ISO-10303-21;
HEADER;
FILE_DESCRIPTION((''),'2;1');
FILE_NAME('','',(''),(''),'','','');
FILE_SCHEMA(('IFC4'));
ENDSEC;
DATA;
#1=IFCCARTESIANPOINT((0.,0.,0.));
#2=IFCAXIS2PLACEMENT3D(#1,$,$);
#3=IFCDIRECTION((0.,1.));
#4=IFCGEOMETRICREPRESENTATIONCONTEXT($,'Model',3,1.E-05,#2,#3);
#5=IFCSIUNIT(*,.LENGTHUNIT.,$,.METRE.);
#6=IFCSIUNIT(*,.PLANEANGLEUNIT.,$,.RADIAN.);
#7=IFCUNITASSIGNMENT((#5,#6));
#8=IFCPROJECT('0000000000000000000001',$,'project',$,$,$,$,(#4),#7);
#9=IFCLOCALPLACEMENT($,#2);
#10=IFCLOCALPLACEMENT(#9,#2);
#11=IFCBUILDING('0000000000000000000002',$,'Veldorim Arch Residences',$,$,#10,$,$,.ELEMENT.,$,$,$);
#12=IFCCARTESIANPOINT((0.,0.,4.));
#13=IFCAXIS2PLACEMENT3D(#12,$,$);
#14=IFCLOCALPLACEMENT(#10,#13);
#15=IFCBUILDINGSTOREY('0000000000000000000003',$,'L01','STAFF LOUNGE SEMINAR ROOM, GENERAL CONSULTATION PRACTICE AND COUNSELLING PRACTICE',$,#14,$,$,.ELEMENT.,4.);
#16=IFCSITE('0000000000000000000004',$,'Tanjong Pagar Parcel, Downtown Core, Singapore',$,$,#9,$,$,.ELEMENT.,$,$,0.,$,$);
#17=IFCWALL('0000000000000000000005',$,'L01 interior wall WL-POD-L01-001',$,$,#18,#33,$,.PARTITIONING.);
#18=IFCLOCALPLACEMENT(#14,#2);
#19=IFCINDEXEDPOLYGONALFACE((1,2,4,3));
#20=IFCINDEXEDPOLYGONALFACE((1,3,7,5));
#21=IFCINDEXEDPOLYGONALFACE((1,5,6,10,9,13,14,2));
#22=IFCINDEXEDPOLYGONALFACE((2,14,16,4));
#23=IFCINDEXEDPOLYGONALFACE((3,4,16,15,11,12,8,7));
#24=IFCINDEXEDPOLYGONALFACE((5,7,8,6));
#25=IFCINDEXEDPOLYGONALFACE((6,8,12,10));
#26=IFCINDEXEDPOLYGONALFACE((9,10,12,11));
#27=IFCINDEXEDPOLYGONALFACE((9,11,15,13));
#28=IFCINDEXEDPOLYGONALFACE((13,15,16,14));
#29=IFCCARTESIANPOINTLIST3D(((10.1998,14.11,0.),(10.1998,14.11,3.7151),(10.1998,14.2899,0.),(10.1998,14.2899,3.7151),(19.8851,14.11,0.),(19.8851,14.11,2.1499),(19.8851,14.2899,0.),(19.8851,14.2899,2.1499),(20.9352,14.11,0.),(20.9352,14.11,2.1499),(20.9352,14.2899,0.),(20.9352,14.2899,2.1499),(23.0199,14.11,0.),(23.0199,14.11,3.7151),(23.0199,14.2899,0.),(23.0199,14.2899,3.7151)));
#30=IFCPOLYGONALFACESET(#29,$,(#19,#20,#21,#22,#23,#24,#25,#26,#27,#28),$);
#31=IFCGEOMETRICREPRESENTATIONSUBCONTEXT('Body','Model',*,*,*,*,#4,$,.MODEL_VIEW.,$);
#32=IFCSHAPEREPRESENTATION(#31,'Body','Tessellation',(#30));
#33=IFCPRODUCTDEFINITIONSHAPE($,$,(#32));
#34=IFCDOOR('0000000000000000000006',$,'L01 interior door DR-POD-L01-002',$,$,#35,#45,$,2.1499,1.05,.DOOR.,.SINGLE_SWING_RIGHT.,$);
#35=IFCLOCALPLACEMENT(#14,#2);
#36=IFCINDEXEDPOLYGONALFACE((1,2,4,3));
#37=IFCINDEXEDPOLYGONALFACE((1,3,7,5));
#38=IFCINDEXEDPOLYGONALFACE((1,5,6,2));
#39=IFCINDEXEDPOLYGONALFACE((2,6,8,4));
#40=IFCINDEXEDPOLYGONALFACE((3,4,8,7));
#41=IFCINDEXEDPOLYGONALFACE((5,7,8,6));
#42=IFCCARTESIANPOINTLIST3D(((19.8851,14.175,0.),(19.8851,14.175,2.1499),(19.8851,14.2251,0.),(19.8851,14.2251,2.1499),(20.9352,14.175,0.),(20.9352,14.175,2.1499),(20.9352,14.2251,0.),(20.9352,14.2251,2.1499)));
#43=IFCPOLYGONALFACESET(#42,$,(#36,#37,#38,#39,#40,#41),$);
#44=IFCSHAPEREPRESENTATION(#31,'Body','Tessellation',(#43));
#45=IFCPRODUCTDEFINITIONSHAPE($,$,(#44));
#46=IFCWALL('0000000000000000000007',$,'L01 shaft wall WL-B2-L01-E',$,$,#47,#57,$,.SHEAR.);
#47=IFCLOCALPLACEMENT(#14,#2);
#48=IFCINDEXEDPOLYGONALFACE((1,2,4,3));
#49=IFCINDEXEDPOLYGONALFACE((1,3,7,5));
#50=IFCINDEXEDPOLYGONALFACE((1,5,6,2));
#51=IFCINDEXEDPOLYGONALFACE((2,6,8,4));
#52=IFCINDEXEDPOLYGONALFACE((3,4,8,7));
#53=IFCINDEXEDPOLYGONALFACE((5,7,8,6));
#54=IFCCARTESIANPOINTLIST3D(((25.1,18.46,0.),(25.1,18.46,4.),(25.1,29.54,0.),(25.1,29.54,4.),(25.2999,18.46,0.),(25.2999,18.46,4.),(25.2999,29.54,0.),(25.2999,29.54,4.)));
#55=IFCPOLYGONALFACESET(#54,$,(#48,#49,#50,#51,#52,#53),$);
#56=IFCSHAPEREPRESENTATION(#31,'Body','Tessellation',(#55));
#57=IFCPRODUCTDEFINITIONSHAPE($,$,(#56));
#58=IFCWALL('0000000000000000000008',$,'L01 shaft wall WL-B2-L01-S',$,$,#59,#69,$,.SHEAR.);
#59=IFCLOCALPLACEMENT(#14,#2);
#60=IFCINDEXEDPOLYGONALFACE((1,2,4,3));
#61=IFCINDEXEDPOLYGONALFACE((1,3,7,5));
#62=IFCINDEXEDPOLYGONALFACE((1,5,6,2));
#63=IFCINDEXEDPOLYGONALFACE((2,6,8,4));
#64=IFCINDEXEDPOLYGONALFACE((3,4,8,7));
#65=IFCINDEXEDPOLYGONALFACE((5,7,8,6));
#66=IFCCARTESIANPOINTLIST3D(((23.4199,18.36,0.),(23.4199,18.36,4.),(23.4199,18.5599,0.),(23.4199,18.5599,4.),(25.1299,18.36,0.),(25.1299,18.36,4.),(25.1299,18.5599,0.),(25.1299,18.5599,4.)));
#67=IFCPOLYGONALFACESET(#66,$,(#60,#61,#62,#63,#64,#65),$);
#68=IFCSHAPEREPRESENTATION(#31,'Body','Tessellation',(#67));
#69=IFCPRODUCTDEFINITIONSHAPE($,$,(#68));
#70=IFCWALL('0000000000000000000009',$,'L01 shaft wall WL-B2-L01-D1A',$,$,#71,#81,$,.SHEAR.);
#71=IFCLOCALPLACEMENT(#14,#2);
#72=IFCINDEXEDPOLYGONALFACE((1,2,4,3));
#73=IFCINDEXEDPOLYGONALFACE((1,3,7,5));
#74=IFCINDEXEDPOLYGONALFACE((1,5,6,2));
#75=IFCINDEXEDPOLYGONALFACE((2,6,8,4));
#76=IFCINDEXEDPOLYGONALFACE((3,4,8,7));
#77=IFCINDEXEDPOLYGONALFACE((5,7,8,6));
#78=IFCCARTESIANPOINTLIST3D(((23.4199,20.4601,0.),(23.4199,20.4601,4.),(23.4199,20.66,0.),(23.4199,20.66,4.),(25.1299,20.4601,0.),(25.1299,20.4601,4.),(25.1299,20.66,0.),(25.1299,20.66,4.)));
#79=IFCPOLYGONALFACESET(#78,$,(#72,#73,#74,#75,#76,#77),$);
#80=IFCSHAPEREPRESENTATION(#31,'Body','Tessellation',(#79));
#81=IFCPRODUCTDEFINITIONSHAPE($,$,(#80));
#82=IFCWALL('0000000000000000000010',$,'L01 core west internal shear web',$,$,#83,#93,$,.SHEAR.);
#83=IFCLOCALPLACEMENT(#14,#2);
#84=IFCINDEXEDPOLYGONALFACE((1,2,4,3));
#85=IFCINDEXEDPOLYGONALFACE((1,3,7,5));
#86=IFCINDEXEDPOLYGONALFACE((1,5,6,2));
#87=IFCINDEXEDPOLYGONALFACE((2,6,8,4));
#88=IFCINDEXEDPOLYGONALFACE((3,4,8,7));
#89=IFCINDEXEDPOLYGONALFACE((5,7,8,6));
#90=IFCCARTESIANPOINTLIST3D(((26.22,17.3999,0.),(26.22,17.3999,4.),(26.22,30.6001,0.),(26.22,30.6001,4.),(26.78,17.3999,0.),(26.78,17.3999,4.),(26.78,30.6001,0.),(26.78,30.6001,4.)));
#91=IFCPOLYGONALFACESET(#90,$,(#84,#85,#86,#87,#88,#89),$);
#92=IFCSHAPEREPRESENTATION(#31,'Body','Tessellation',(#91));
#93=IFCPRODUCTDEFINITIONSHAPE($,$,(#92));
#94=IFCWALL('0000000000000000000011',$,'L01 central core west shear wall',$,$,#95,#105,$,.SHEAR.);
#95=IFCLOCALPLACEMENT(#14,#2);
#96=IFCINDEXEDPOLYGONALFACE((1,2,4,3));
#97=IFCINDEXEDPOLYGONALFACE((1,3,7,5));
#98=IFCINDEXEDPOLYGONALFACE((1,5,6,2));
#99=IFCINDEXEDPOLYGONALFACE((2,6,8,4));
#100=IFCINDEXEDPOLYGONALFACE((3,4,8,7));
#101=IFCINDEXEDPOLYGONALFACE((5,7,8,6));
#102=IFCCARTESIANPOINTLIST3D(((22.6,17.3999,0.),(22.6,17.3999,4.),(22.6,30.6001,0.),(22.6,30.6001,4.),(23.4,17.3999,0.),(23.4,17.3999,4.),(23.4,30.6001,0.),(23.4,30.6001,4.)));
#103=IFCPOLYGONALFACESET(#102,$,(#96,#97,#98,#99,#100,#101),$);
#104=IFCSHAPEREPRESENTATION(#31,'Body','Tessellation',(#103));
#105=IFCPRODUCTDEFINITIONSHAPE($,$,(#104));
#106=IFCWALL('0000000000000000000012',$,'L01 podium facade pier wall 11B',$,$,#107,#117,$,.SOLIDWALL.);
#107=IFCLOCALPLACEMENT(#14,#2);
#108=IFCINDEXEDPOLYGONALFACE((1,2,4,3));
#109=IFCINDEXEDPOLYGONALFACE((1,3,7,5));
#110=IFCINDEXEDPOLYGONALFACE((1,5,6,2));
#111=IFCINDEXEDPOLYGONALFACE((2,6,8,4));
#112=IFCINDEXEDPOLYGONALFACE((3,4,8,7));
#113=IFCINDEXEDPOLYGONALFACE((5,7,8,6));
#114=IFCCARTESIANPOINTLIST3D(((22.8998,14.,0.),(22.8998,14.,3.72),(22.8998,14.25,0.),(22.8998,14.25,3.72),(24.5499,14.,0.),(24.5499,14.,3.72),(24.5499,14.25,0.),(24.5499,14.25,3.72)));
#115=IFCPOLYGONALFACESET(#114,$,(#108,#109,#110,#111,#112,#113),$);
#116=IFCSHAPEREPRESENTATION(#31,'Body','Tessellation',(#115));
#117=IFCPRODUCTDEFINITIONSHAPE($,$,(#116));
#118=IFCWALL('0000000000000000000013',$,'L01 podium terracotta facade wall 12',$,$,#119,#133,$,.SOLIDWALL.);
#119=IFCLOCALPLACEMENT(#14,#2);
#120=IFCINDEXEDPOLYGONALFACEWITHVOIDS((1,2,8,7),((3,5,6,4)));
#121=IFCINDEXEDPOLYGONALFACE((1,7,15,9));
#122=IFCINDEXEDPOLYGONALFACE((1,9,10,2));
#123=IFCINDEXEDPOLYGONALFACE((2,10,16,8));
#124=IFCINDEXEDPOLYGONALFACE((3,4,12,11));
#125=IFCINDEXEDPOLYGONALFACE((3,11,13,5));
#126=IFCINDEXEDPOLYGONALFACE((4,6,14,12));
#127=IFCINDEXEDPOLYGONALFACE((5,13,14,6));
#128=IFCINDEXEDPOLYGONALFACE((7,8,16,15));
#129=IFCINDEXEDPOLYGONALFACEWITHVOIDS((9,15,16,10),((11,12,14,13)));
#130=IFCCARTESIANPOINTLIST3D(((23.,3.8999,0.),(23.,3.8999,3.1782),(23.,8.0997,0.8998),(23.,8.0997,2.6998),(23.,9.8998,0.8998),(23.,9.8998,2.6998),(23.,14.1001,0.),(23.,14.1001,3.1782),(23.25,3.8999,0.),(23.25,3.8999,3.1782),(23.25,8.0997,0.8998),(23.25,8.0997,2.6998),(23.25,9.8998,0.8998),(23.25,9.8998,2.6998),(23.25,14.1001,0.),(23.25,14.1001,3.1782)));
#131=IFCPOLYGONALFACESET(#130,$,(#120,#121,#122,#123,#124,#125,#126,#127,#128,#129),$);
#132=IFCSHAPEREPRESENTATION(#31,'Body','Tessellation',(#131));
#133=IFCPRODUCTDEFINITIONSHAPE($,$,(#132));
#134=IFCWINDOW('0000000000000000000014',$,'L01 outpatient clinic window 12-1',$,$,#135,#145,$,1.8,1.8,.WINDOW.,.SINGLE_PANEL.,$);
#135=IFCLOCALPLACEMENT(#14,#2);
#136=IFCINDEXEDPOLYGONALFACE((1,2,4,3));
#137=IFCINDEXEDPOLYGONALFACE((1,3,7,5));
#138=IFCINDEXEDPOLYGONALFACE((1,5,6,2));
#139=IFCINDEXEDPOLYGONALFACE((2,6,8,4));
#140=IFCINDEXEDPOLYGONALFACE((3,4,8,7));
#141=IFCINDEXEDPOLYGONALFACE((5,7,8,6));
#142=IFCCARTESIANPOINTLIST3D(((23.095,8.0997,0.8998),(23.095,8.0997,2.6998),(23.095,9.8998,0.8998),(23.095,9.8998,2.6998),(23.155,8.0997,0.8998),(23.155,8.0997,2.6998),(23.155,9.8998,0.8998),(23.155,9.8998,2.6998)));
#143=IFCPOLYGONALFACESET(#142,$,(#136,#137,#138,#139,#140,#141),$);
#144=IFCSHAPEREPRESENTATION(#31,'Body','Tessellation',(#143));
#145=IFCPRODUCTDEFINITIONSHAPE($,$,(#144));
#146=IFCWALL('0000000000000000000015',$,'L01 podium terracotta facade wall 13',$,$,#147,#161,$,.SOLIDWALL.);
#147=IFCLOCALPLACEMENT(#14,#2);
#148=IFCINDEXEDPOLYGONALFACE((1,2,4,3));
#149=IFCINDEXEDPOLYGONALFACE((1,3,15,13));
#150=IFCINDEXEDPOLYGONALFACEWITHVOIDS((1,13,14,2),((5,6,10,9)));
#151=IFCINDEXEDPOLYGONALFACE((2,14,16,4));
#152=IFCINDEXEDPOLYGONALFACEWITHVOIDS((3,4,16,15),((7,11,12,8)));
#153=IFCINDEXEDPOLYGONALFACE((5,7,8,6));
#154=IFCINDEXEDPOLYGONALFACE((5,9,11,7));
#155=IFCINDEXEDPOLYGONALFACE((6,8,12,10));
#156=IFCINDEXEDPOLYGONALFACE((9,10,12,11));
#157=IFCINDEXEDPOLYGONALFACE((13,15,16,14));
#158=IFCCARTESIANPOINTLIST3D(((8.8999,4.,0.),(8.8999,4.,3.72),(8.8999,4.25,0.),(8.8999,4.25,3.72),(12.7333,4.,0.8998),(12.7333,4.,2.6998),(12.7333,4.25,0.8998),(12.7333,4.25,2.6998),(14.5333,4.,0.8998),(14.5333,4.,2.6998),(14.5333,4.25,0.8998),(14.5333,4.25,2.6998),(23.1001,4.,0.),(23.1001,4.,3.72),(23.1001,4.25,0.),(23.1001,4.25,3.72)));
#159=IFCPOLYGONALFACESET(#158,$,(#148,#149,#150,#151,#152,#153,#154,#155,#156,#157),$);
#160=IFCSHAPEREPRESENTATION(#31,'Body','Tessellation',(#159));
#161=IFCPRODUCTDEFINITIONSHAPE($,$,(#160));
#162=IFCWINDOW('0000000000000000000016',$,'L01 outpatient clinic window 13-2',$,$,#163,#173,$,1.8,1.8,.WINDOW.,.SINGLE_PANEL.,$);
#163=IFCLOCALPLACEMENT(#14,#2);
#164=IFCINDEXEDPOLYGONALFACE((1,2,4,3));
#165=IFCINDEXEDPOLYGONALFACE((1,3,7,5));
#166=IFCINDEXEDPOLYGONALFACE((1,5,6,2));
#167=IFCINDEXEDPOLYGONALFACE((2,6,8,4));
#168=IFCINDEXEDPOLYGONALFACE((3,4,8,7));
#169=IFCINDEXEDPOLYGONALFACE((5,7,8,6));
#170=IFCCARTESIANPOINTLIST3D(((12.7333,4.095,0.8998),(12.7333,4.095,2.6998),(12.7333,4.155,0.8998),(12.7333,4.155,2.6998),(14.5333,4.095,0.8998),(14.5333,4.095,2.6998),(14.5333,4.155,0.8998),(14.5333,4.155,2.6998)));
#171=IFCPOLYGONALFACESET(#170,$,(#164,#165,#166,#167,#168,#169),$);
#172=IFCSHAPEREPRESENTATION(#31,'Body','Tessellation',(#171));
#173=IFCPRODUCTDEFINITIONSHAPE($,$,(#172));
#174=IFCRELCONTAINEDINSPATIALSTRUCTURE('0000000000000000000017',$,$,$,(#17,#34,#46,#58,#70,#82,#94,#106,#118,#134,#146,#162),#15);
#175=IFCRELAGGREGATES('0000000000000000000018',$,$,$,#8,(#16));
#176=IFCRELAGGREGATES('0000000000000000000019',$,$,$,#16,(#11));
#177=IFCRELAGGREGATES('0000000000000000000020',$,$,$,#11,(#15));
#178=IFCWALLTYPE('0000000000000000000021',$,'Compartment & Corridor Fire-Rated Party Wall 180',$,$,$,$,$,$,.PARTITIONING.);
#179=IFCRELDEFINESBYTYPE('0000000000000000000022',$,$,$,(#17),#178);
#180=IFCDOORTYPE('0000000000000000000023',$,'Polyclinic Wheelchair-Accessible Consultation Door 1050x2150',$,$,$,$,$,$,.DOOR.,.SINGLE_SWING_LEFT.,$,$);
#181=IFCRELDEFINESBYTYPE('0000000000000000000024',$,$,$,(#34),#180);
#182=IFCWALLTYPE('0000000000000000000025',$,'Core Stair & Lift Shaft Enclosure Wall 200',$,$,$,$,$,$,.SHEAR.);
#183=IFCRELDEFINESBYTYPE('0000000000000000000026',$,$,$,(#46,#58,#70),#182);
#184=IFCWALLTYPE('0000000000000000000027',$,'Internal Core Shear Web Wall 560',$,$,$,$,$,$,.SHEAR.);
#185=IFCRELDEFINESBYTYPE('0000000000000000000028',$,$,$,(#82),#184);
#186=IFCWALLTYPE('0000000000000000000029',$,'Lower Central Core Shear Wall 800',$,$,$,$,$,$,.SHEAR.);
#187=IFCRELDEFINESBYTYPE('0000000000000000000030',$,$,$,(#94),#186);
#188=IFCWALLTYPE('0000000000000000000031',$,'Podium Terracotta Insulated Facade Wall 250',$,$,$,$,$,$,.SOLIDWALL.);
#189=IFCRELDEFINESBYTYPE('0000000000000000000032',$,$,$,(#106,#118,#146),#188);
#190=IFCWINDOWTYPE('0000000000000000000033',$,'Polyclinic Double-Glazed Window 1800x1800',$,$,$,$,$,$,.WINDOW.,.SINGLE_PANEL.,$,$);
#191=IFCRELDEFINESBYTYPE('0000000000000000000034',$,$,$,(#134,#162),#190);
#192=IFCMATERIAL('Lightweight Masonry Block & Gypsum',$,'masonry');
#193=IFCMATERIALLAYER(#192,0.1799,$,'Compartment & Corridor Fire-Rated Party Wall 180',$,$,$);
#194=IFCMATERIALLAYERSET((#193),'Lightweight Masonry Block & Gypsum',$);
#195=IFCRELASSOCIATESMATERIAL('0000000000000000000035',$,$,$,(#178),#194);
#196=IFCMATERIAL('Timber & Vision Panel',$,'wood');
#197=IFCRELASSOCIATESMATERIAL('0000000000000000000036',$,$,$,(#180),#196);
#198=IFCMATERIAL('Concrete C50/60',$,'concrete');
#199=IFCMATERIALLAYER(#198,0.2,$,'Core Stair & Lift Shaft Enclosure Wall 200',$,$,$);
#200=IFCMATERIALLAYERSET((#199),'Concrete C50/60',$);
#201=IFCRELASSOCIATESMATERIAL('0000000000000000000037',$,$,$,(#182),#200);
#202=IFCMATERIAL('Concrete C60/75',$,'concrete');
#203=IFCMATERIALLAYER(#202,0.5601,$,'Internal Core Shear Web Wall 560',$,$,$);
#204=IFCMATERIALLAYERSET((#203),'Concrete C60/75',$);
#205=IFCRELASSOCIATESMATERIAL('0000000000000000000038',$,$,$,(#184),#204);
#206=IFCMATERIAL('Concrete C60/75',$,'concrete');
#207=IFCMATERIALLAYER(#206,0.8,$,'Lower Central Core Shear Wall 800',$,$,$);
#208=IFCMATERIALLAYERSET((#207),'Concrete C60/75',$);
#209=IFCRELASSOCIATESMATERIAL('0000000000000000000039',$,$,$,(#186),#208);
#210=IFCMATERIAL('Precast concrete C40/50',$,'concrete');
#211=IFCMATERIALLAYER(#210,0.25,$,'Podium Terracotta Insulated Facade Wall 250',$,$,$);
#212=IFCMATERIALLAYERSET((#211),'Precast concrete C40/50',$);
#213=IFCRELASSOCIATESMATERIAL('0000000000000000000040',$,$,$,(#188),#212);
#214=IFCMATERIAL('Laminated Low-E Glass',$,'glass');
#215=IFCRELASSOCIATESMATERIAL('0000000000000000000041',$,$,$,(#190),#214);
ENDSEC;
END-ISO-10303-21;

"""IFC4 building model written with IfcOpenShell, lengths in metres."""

from ifc_helpers import new_model, si_unit, direction, frame, frame_2d, origin, place, context, subcontext, project, spatial, rectangle, extrude, material, layer, layer_set, type_object, element, fill, save


model = new_model("IFC4")

# Units and contexts
model_context = context("Model", 3, precision=1e-05, world=origin(), true_north=direction((0.0, 1.0)))
body_context = subcontext(model_context, "Body", "Model", "MODEL_VIEW")
ifc_project = project(units=[si_unit("LENGTHUNIT", "METRE"), si_unit("PLANEANGLEUNIT", "RADIAN")], contexts=[model_context])

# Site, building, storey
site_placement = place(None, origin())
site = spatial("IfcSite", under=ifc_project, at=site_placement, Name="Tanjong Pagar Parcel, Downtown Core, Singapore", CompositionType="ELEMENT", RefElevation=0.0)
building_placement = place(site_placement, origin())
building = spatial("IfcBuilding", under=site, at=building_placement, Name="Veldorim Arch Residences", CompositionType="ELEMENT")
storey_placement = place(building_placement, frame((0.0, 0.0, 4.0)))
storey = spatial("IfcBuildingStorey", under=building, at=storey_placement, Name="L01", Description="STAFF LOUNGE SEMINAR ROOM, GENERAL CONSULTATION PRACTICE AND COUNSELLING PRACTICE", CompositionType="ELEMENT", Elevation=4.0)

# Wall, opening, door
ifc_material_1 = material(Name="Lightweight Masonry Block & Gypsum", Category="masonry")
ifc_layer_1 = layer(ifc_material_1, 0.1799, Name="Compartment & Corridor Fire-Rated Party Wall 180")
ifc_layer_set_1 = layer_set([ifc_layer_1], Name="Lightweight Masonry Block & Gypsum")
wall_type_1 = type_object("IfcWallType", Name="Compartment & Corridor Fire-Rated Party Wall 180", PredefinedType="PARTITIONING", material=ifc_layer_set_1)
wall_1_placement = place(storey_placement, frame((23.02, 14.2, 0.0), z_axis=(0.0, 0.0, 1.0), x_axis=(-1.0, 0.0, 0.0)))
wall_1 = element("IfcWall", 1, at=wall_1_placement, inside=storey, type_object=wall_type_1, Name="L01 interior wall WL-POD-L01-001", PredefinedType="PARTITIONING", context=body_context, shape_type="SweptSolid", body=[
    extrude(rectangle(XDim=12.8201, YDim=0.1799, at=frame_2d((6.4102, 0.0))), origin(), (0.0, 0.0, 1.0), 3.7151),
])
opening_1_placement = place(wall_1_placement, frame((2.085, 0.0, 0.0)))
opening_1 = element("IfcOpeningElement", 2, at=opening_1_placement, cuts=wall_1, PredefinedType="OPENING", context=body_context, shape_type="SweptSolid", body=[
    extrude(rectangle(XDim=1.05, YDim=2.1499, at=frame_2d((0.5249, 1.075))), frame((0.0, 0.0999, 0.0), z_axis=(0.0, -1.0, 0.0), x_axis=(1.0, 0.0, 0.0)), (0.0, 0.0, 1.0), 0.2),
])
ifc_material_2 = material(Name="Timber & Vision Panel", Category="wood")
door_type = type_object("IfcDoorType", Name="Polyclinic Wheelchair-Accessible Consultation Door 1050x2150", OperationType="SINGLE_SWING_LEFT", PredefinedType="DOOR", material=ifc_material_2)
door_placement = place(opening_1_placement, origin())
door = element("IfcDoor", 3, at=door_placement, inside=storey, type_object=door_type, Name="L01 interior door DR-POD-L01-002", OperationType="SINGLE_SWING_RIGHT", OverallHeight=2.1499, OverallWidth=1.05, PredefinedType="DOOR", context=body_context, shape_type="SweptSolid", body=[
    extrude(rectangle(XDim=1.05, YDim=2.1499, at=frame_2d((0.5249, 1.075))), frame((0.0, 0.0249, 0.0), z_axis=(0.0, -1.0, 0.0), x_axis=(1.0, 0.0, 0.0)), (0.0, 0.0, 1.0), 0.05),
])
fill(opening_1, door)

# Walls
ifc_material_3 = material(Name="Concrete C50/60", Category="concrete")
ifc_layer_2 = layer(ifc_material_3, 0.2, Name="Core Stair & Lift Shaft Enclosure Wall 200")
ifc_layer_set_2 = layer_set([ifc_layer_2], Name="Concrete C50/60")
wall_type_2 = type_object("IfcWallType", Name="Core Stair & Lift Shaft Enclosure Wall 200", PredefinedType="SHEAR", material=ifc_layer_set_2)
wall_2_placement = place(storey_placement, frame((25.2, 18.46, 0.0), z_axis=(0.0, 0.0, 1.0), x_axis=(0.0, 1.0, 0.0)))
element("IfcWall", 4, at=wall_2_placement, inside=storey, type_object=wall_type_2, Name="L01 shaft wall WL-B2-L01-E", PredefinedType="SHEAR", context=body_context, shape_type="SweptSolid", body=[
    extrude(rectangle(XDim=11.0801, YDim=0.2, at=frame_2d((5.54, 0.0))), origin(), (0.0, 0.0, 1.0), 4.0),
])
for number, where, z_axis, x_axis, name in (
    (5, (23.4199, 18.46, 0.0), (0.0, 0.0, 1.0), (1.0, 0.0, 0.0), "L01 shaft wall WL-B2-L01-S"),
    (6, (23.4199, 20.5601, 0.0), (0.0, 0.0, 1.0), (1.0, 0.0, 0.0), "L01 shaft wall WL-B2-L01-D1A"),
):
    element("IfcWall", number, at=place(storey_placement, frame(where, z_axis=z_axis, x_axis=x_axis)), inside=storey, type_object=wall_type_2, Name=name, PredefinedType="SHEAR", context=body_context, shape_type="SweptSolid", body=[
        extrude(rectangle(XDim=1.71, YDim=0.2, at=frame_2d((0.855, 0.0))), origin(), (0.0, 0.0, 1.0), 4.0),
    ])
ifc_material_4 = material(Name="Concrete C60/75", Category="concrete")
ifc_layer_3 = layer(ifc_material_4, 0.5601, Name="Internal Core Shear Web Wall 560")
ifc_layer_set_3 = layer_set([ifc_layer_3], Name="Concrete C60/75")
wall_type_3 = type_object("IfcWallType", Name="Internal Core Shear Web Wall 560", PredefinedType="SHEAR", material=ifc_layer_set_3)
wall_3_placement = place(storey_placement, frame((26.5, 17.3999, 0.0), z_axis=(0.0, 0.0, 1.0), x_axis=(0.0, 1.0, 0.0)))
element("IfcWall", 7, at=wall_3_placement, inside=storey, type_object=wall_type_3, Name="L01 core west internal shear web", PredefinedType="SHEAR", context=body_context, shape_type="SweptSolid", body=[
    extrude(rectangle(XDim=13.2002, YDim=0.5601, at=frame_2d((6.6001, 0.0))), origin(), (0.0, 0.0, 1.0), 4.0),
])
ifc_material_5 = material(Name="Concrete C60/75", Category="concrete")
ifc_layer_4 = layer(ifc_material_5, 0.8, Name="Lower Central Core Shear Wall 800")
ifc_layer_set_4 = layer_set([ifc_layer_4], Name="Concrete C60/75")
wall_type_4 = type_object("IfcWallType", Name="Lower Central Core Shear Wall 800", PredefinedType="SHEAR", material=ifc_layer_set_4)
wall_4_placement = place(storey_placement, frame((23.0, 17.3999, 0.0), z_axis=(0.0, 0.0, 1.0), x_axis=(0.0, 1.0, 0.0)))
element("IfcWall", 8, at=wall_4_placement, inside=storey, type_object=wall_type_4, Name="L01 central core west shear wall", PredefinedType="SHEAR", context=body_context, shape_type="SweptSolid", body=[
    extrude(rectangle(XDim=13.2002, YDim=0.8, at=frame_2d((6.6001, 0.0))), origin(), (0.0, 0.0, 1.0), 4.0),
])
ifc_material_6 = material(Name="Precast concrete C40/50", Category="concrete")
ifc_layer_5 = layer(ifc_material_6, 0.25, Name="Podium Terracotta Insulated Facade Wall 250")
ifc_layer_set_5 = layer_set([ifc_layer_5], Name="Precast concrete C40/50")
wall_type_5 = type_object("IfcWallType", Name="Podium Terracotta Insulated Facade Wall 250", PredefinedType="SOLIDWALL", material=ifc_layer_set_5)
wall_5_placement = place(storey_placement, frame((24.55, 14.125, 0.0), z_axis=(0.0, 0.0, 1.0), x_axis=(-1.0, 0.0, 0.0)))
element("IfcWall", 9, at=wall_5_placement, inside=storey, type_object=wall_type_5, Name="L01 podium facade pier wall 11B", PredefinedType="SOLIDWALL", context=body_context, shape_type="SweptSolid", body=[
    extrude(rectangle(XDim=1.6501, YDim=0.25, at=frame_2d((0.8252, 0.0))), origin(), (0.0, 0.0, 1.0), 3.72),
])

# Walls, openings, windows
wall_6_placement = place(storey_placement, frame((23.125, 3.8999, 0.0), z_axis=(0.0, 0.0, 1.0), x_axis=(0.0, 1.0, 0.0)))
wall_6 = element("IfcWall", 10, at=wall_6_placement, inside=storey, type_object=wall_type_5, Name="L01 podium terracotta facade wall 12", PredefinedType="SOLIDWALL", context=body_context, shape_type="SweptSolid", body=[
    extrude(rectangle(XDim=10.2002, YDim=0.25, at=frame_2d((5.1001, 0.0))), origin(), (0.0, 0.0, 1.0), 3.1782),
])
opening_2_placement = place(wall_6_placement, frame((4.2, 0.0, 0.8999)))
opening_2 = element("IfcOpeningElement", 11, at=opening_2_placement, cuts=wall_6, PredefinedType="OPENING", context=body_context, shape_type="SweptSolid", body=[
    extrude(rectangle(XDim=1.8, YDim=1.8, at=frame_2d((0.8999, 0.8999))), frame((0.0, 0.135, 0.0), z_axis=(0.0, -1.0, 0.0), x_axis=(1.0, 0.0, 0.0)), (0.0, 0.0, 1.0), 0.27),
])
ifc_material_7 = material(Name="Laminated Low-E Glass", Category="glass")
window_type = type_object("IfcWindowType", Name="Polyclinic Double-Glazed Window 1800x1800", PartitioningType="SINGLE_PANEL", PredefinedType="WINDOW", material=ifc_material_7)
window_1_placement = place(opening_2_placement, origin())
window_1 = element("IfcWindow", 12, at=window_1_placement, inside=storey, type_object=window_type, Name="L01 outpatient clinic window 12-1", OverallHeight=1.8, OverallWidth=1.8, PartitioningType="SINGLE_PANEL", PredefinedType="WINDOW", context=body_context, shape_type="SweptSolid", body=[
    extrude(rectangle(XDim=1.8, YDim=1.8, at=frame_2d((0.8999, 0.8999))), frame((0.0, 0.03, 0.0), z_axis=(0.0, -1.0, 0.0), x_axis=(1.0, 0.0, 0.0)), (0.0, 0.0, 1.0), 0.0601),
])
fill(opening_2, window_1)
wall_7_placement = place(storey_placement, frame((23.1001, 4.125, 0.0), z_axis=(0.0, 0.0, 1.0), x_axis=(-1.0, 0.0, 0.0)))
wall_7 = element("IfcWall", 13, at=wall_7_placement, inside=storey, type_object=wall_type_5, Name="L01 podium terracotta facade wall 13", PredefinedType="SOLIDWALL", context=body_context, shape_type="SweptSolid", body=[
    extrude(rectangle(XDim=14.2002, YDim=0.25, at=frame_2d((7.1001, 0.0))), origin(), (0.0, 0.0, 1.0), 3.72),
])
opening_3_placement = place(wall_7_placement, frame((8.5669, 0.0, 0.8999)))
opening_3 = element("IfcOpeningElement", 14, at=opening_3_placement, cuts=wall_7, PredefinedType="OPENING", context=body_context, shape_type="SweptSolid", body=[
    extrude(rectangle(XDim=1.8, YDim=1.8, at=frame_2d((0.8999, 0.8999))), frame((0.0, 0.135, 0.0), z_axis=(0.0, -1.0, 0.0), x_axis=(1.0, 0.0, 0.0)), (0.0, 0.0, 1.0), 0.27),
])
window_2_placement = place(opening_3_placement, origin())
window_2 = element("IfcWindow", 15, at=window_2_placement, inside=storey, type_object=window_type, Name="L01 outpatient clinic window 13-2", OverallHeight=1.8, OverallWidth=1.8, PartitioningType="SINGLE_PANEL", PredefinedType="WINDOW", context=body_context, shape_type="SweptSolid", body=[
    extrude(rectangle(XDim=1.8, YDim=1.8, at=frame_2d((0.8999, 0.8999))), frame((0.0, 0.03, 0.0), z_axis=(0.0, -1.0, 0.0), x_axis=(1.0, 0.0, 0.0)), (0.0, 0.0, 1.0), 0.0601),
])
fill(opening_3, window_2)

save(model, "model.ifc")
